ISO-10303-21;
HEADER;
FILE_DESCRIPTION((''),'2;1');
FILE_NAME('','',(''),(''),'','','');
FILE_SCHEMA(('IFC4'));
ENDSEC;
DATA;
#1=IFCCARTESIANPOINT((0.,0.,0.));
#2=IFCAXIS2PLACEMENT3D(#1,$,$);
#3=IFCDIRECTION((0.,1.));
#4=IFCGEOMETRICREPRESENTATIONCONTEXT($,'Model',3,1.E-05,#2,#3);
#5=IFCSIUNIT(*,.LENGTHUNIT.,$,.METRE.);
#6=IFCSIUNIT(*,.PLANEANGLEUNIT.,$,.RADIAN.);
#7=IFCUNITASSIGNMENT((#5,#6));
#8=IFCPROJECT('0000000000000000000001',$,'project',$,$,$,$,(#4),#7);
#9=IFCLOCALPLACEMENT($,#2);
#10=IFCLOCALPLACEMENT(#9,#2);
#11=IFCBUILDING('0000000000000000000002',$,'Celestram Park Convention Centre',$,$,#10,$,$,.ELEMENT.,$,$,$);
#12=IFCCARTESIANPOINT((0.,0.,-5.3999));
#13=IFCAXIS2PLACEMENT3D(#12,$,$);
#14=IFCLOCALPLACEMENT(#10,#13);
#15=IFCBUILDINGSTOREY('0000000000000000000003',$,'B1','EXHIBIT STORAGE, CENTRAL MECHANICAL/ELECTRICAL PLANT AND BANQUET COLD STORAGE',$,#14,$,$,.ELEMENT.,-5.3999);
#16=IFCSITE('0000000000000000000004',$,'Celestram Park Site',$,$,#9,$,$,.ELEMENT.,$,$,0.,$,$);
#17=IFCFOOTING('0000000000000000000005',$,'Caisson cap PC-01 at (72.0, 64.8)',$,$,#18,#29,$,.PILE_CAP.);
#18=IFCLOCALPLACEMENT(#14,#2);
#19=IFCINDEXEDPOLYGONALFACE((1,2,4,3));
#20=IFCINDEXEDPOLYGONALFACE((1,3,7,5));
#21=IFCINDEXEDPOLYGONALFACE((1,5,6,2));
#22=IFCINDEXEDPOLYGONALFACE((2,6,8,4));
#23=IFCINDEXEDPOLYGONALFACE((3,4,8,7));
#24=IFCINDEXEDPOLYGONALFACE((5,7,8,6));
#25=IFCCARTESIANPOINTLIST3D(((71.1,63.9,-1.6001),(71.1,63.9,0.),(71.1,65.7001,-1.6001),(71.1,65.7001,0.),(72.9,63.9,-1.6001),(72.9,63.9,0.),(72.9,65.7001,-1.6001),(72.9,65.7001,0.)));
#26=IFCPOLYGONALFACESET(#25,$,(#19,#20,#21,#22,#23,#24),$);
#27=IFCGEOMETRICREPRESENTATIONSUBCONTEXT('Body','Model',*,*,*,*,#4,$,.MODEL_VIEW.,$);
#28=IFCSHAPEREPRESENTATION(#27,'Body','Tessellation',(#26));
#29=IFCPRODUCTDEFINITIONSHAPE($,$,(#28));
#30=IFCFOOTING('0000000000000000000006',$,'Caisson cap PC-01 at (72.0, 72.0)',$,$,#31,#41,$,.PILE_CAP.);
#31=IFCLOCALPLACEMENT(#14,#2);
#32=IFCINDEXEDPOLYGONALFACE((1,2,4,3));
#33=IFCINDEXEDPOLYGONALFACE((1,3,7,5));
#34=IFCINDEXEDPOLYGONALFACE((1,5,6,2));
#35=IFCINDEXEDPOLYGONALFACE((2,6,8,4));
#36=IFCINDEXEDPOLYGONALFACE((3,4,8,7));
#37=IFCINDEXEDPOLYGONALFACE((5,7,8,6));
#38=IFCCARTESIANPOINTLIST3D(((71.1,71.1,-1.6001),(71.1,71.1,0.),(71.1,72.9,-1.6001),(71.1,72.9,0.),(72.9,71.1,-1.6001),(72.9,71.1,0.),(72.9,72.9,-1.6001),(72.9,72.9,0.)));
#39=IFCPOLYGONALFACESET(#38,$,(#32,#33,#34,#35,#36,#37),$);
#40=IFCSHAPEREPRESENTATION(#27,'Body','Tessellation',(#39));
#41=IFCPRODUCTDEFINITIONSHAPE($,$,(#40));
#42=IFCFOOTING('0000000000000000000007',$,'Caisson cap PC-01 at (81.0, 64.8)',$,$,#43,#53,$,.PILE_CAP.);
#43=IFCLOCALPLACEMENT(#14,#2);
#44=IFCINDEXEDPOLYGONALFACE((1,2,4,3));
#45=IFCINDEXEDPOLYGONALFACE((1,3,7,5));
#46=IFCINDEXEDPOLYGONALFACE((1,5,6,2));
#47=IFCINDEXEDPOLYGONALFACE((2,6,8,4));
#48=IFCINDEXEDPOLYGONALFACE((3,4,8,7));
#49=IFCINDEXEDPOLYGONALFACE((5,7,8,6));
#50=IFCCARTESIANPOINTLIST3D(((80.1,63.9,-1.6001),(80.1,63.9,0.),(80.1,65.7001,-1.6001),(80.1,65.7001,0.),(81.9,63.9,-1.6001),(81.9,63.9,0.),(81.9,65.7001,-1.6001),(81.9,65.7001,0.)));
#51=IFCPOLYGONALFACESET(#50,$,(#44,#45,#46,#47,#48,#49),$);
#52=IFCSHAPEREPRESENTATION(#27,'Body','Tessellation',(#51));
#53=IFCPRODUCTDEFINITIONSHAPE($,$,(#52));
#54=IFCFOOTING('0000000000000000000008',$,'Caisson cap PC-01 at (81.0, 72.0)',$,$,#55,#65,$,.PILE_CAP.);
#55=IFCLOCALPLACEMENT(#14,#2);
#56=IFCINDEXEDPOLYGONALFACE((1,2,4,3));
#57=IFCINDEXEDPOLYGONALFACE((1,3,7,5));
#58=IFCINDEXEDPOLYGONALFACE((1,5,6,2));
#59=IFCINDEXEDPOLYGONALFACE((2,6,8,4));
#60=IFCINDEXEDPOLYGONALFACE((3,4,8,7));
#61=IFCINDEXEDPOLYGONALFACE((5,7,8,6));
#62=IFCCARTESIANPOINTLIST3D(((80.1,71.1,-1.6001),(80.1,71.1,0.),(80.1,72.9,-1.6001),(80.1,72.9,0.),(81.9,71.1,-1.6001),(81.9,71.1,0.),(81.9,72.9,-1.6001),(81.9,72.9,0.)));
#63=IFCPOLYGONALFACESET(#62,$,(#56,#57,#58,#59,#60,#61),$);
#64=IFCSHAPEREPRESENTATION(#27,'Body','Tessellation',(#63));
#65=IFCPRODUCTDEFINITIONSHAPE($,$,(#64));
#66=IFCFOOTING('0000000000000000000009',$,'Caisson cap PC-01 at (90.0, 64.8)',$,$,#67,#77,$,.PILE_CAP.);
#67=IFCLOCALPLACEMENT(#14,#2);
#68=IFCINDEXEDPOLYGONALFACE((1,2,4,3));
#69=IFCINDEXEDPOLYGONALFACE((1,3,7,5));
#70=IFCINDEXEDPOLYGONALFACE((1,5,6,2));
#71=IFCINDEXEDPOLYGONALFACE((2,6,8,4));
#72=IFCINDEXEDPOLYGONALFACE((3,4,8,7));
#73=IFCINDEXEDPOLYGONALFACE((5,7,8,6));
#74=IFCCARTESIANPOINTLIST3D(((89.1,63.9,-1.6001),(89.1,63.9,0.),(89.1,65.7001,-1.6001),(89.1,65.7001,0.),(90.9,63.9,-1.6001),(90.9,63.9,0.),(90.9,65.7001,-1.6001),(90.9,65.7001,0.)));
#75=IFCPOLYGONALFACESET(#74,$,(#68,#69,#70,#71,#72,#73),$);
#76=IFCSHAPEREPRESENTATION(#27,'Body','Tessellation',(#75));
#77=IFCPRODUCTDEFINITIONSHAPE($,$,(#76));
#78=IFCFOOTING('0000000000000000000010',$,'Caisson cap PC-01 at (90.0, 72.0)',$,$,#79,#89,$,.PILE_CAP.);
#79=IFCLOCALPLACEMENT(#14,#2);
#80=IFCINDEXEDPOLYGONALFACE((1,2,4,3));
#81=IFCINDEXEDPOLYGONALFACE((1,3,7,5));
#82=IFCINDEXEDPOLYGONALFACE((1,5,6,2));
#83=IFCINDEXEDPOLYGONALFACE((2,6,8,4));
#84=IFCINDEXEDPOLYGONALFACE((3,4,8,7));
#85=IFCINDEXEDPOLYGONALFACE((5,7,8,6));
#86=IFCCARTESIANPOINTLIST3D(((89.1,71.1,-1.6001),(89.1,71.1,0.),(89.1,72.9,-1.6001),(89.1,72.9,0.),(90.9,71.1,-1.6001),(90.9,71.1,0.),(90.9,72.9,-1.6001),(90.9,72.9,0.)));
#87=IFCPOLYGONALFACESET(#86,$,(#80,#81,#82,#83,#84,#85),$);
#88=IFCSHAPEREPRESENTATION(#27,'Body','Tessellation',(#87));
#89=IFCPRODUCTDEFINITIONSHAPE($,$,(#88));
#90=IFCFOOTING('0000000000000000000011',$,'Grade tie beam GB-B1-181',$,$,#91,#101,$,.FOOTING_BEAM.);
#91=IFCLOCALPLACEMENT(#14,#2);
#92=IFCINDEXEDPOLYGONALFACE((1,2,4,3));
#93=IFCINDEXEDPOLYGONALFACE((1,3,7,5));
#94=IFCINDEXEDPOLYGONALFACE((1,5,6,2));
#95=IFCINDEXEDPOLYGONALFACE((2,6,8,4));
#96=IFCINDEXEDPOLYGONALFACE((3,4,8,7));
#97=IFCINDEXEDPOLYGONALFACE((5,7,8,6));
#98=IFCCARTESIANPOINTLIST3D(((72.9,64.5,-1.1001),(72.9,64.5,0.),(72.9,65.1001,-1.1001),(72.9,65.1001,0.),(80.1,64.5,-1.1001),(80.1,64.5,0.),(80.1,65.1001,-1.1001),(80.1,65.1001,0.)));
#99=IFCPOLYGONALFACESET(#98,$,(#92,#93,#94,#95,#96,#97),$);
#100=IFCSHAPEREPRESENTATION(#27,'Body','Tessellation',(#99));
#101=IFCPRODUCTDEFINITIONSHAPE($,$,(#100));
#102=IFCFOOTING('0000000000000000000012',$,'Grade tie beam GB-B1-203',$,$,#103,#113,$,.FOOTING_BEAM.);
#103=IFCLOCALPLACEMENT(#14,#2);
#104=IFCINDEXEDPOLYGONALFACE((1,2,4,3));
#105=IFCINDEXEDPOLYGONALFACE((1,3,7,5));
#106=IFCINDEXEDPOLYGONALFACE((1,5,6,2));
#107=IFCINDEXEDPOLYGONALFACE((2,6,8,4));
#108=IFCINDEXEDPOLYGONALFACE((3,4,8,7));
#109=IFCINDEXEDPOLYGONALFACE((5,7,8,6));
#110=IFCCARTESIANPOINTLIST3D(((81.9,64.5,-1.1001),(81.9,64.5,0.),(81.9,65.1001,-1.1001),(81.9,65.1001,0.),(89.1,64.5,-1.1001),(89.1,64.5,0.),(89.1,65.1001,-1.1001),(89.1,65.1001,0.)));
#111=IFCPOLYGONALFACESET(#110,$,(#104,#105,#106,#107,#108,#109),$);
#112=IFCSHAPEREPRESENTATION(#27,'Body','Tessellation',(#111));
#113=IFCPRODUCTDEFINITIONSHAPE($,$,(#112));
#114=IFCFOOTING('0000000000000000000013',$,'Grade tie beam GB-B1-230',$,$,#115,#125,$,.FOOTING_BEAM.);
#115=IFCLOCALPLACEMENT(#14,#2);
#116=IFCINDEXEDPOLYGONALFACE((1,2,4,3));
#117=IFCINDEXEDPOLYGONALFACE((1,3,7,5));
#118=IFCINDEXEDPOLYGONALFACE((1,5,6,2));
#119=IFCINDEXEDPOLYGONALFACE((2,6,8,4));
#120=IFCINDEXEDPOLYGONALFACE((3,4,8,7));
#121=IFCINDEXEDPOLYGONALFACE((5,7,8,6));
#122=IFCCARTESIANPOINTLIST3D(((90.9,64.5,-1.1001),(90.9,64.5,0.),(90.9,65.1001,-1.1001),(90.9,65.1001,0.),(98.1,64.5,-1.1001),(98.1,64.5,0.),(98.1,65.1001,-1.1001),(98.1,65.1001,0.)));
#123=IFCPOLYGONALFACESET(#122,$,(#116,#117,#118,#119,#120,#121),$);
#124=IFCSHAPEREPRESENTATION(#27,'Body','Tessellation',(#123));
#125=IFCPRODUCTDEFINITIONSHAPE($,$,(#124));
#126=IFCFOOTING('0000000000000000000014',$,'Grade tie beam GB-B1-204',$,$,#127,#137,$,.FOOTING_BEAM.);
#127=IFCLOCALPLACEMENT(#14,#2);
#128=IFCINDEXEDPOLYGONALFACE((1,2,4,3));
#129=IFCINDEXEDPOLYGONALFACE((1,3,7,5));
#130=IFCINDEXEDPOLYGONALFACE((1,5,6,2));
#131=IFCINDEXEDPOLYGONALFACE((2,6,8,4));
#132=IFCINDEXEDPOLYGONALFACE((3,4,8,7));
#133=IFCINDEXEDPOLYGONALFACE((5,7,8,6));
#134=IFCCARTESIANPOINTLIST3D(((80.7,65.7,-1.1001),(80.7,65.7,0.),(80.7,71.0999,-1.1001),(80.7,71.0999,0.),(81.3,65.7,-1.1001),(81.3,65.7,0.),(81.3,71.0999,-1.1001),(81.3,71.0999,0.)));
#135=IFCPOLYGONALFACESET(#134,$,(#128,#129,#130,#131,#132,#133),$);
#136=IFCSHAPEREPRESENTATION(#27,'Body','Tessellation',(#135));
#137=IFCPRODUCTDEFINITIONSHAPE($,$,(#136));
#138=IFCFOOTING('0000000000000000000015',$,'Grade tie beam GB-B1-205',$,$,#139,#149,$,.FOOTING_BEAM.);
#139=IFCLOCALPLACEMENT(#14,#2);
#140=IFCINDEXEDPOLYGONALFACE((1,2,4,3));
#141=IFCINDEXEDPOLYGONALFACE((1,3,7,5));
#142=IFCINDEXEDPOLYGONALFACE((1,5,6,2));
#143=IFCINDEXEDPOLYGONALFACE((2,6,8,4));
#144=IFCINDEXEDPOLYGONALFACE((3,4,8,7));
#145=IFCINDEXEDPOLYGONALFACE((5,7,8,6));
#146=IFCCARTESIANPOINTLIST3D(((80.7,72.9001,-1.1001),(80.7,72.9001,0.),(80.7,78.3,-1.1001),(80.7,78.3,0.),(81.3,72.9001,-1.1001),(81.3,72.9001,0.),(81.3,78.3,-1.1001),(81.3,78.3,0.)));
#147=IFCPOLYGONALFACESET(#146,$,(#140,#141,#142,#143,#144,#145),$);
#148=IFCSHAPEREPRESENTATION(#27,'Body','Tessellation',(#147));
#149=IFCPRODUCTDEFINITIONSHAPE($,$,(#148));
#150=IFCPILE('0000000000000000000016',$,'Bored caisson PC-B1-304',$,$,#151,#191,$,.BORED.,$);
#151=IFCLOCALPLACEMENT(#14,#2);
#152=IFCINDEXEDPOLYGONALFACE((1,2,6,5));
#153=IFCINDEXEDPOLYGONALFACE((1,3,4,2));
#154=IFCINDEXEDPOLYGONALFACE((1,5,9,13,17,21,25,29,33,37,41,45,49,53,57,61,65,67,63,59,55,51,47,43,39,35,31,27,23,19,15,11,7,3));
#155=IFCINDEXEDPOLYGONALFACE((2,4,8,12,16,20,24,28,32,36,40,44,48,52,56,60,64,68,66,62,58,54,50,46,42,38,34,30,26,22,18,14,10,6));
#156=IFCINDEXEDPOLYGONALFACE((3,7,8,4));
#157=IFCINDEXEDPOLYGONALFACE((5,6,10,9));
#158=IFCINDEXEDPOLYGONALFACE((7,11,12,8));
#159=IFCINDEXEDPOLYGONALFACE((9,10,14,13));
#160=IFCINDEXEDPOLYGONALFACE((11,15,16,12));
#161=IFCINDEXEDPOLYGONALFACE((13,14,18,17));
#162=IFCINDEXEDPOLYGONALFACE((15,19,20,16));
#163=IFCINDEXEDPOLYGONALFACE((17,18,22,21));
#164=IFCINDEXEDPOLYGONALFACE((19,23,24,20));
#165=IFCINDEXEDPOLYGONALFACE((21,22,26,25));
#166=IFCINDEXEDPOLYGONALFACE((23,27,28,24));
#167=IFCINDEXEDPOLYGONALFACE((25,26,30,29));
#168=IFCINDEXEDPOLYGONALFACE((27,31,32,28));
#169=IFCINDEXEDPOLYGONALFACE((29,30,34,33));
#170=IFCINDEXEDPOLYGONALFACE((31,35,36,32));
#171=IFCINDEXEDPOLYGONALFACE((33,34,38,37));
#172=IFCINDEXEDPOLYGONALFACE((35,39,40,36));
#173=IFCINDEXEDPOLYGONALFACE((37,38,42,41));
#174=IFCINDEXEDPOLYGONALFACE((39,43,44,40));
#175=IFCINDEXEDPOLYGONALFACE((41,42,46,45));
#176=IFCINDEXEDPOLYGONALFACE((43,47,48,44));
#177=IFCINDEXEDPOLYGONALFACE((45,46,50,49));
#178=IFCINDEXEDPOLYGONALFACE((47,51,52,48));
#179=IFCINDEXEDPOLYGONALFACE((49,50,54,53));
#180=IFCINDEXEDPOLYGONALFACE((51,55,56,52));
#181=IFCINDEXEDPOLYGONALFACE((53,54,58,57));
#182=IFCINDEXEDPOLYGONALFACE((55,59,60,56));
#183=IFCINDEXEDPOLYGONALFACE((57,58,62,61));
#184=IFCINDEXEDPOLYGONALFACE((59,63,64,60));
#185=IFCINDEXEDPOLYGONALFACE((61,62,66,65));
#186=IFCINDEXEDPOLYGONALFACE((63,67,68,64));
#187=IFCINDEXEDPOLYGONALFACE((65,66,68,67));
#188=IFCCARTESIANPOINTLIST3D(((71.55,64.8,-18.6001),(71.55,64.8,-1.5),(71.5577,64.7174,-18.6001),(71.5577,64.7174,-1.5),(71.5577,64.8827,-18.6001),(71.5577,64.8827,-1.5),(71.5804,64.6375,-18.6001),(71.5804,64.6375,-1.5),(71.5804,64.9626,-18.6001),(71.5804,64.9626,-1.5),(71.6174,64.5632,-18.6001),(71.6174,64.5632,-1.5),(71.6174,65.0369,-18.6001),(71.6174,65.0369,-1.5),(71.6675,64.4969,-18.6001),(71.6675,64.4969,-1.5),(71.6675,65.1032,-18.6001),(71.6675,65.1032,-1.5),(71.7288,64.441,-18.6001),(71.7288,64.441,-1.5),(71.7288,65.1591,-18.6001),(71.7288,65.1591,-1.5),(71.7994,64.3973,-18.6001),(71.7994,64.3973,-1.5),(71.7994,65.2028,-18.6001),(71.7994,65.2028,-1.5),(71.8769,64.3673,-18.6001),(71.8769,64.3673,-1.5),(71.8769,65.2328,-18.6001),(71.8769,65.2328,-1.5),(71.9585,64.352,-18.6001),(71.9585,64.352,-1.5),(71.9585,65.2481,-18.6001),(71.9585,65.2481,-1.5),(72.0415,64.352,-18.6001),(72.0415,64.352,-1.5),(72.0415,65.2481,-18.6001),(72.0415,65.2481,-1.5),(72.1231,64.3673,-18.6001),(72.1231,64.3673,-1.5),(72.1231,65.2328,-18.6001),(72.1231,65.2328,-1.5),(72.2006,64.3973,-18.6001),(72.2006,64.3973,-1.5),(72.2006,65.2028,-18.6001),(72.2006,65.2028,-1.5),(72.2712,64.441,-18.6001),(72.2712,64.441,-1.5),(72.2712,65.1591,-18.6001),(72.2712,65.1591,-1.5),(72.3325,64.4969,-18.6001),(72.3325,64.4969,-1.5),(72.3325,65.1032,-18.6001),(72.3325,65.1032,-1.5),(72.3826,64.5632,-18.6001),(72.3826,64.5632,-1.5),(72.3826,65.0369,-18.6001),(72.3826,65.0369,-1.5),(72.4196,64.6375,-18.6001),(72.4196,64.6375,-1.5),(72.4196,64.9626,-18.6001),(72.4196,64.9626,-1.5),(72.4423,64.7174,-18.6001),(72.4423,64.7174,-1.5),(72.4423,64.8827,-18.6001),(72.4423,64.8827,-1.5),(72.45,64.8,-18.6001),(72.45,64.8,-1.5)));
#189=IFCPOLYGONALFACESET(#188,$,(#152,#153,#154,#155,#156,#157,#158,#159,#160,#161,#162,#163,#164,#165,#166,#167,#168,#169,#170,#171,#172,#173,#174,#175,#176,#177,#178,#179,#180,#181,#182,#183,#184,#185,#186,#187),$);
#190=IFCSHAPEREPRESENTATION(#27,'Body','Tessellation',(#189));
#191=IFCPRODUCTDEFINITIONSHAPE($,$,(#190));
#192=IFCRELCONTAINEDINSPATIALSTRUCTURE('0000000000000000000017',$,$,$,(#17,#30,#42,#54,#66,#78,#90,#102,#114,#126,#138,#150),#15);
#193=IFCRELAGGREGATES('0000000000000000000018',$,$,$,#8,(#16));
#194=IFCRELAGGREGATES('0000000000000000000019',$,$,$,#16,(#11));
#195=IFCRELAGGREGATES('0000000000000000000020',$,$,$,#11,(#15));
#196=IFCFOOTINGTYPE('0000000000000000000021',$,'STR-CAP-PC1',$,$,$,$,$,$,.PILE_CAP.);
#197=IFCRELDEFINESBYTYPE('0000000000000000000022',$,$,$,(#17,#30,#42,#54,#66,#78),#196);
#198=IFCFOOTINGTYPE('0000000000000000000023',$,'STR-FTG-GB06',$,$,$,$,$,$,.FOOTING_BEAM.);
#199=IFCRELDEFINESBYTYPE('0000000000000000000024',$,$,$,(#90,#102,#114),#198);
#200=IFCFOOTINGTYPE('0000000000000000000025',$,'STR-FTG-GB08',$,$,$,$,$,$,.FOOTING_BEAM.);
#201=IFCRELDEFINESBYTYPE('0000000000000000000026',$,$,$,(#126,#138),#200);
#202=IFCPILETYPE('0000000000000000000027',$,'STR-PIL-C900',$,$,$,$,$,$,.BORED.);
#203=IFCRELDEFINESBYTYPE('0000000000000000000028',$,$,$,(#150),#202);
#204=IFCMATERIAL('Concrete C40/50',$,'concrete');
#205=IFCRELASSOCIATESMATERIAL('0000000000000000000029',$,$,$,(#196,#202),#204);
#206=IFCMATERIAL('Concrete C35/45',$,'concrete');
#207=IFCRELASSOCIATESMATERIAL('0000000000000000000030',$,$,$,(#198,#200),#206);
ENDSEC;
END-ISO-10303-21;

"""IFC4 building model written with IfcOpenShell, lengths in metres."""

from ifc_helpers import new_model, si_unit, direction, frame, origin, origin_2d, place, context, subcontext, project, spatial, rectangle, circle, extrude, material, material_profile, profile_set, type_object, element, save


model = new_model("IFC4")

# Units and contexts
model_context = context("Model", 3, precision=1e-05, world=origin(), true_north=direction((0.0, 1.0)))
body_context = subcontext(model_context, "Body", "Model", "MODEL_VIEW")
ifc_project = project(units=[si_unit("LENGTHUNIT", "METRE"), si_unit("PLANEANGLEUNIT", "RADIAN")], contexts=[model_context])

# Site, building, storey
site_placement = place(None, origin())
site = spatial("IfcSite", under=ifc_project, at=site_placement, Name="Celestram Park Site", CompositionType="ELEMENT", RefElevation=0.0)
building_placement = place(site_placement, origin())
building = spatial("IfcBuilding", under=site, at=building_placement, Name="Celestram Park Convention Centre", CompositionType="ELEMENT")
storey_placement = place(building_placement, frame((0.0, 0.0, -5.3999)))
storey = spatial("IfcBuildingStorey", under=building, at=storey_placement, Name="B1", Description="EXHIBIT STORAGE, CENTRAL MECHANICAL/ELECTRICAL PLANT AND BANQUET COLD STORAGE", CompositionType="ELEMENT", Elevation=-5.3999)

# Footings
ifc_material_1 = material(Name="Concrete C40/50", Category="concrete")
footing_type_1 = type_object("IfcFootingType", Name="STR-CAP-PC1", PredefinedType="PILE_CAP", material=ifc_material_1)
for number, where, z_axis, x_axis, name in (
    (1, (72.0, 64.8, -1.6001), (0.0, 0.0, 1.0), (1.0, 0.0, 0.0), "Caisson cap PC-01 at (72.0, 64.8)"),
    (2, (72.0, 72.0, -1.6001), (0.0, 0.0, 1.0), (1.0, 0.0, 0.0), "Caisson cap PC-01 at (72.0, 72.0)"),
    (3, (81.0, 64.8, -1.6001), (0.0, 0.0, 1.0), (1.0, 0.0, 0.0), "Caisson cap PC-01 at (81.0, 64.8)"),
    (4, (81.0, 72.0, -1.6001), (0.0, 0.0, 1.0), (1.0, 0.0, 0.0), "Caisson cap PC-01 at (81.0, 72.0)"),
    (5, (90.0, 64.8, -1.6001), (0.0, 0.0, 1.0), (1.0, 0.0, 0.0), "Caisson cap PC-01 at (90.0, 64.8)"),
    (6, (90.0, 72.0, -1.6001), (0.0, 0.0, 1.0), (1.0, 0.0, 0.0), "Caisson cap PC-01 at (90.0, 72.0)"),
):
    element("IfcFooting", number, at=place(storey_placement, frame(where, z_axis=z_axis, x_axis=x_axis)), inside=storey, type_object=footing_type_1, Name=name, PredefinedType="PILE_CAP", context=body_context, shape_type="SweptSolid", body=[
        extrude(rectangle(XDim=1.8, YDim=1.8, at=origin_2d()), origin(), (0.0, 0.0, 1.0), 1.6001),
    ])
ifc_material_2 = material(Name="Concrete C35/45", Category="concrete")
footing_type_2 = type_object("IfcFootingType", Name="STR-FTG-GB06", PredefinedType="FOOTING_BEAM", material=ifc_material_2)
for number, where, z_axis, x_axis, name in (
    (7, (76.5, 64.8, -1.1001), (0.0, 0.0, 1.0), (1.0, 0.0, 0.0), "Grade tie beam GB-B1-181"),
    (8, (85.5, 64.8, -1.1001), (0.0, 0.0, 1.0), (1.0, 0.0, 0.0), "Grade tie beam GB-B1-203"),
    (9, (94.5, 64.8, -1.1001), (0.0, 0.0, 1.0), (1.0, 0.0, 0.0), "Grade tie beam GB-B1-230"),
):
    element("IfcFooting", number, at=place(storey_placement, frame(where, z_axis=z_axis, x_axis=x_axis)), inside=storey, type_object=footing_type_2, Name=name, PredefinedType="FOOTING_BEAM", context=body_context, shape_type="SweptSolid", body=[
        extrude(rectangle(XDim=7.2, YDim=0.6001, at=origin_2d()), origin(), (0.0, 0.0, 1.0), 1.1001),
    ])
footing_type_3 = type_object("IfcFootingType", Name="STR-FTG-GB08", PredefinedType="FOOTING_BEAM", material=ifc_material_2)
for number, where, z_axis, x_axis, name in (
    (10, (81.0, 68.3999, -1.1001), (0.0, 0.0, 1.0), (0.0, 1.0, 0.0), "Grade tie beam GB-B1-204"),
    (11, (81.0, 75.6001, -1.1001), (0.0, 0.0, 1.0), (0.0, 1.0, 0.0), "Grade tie beam GB-B1-205"),
):
    element("IfcFooting", number, at=place(storey_placement, frame(where, z_axis=z_axis, x_axis=x_axis)), inside=storey, type_object=footing_type_3, Name=name, PredefinedType="FOOTING_BEAM", context=body_context, shape_type="SweptSolid", body=[
        extrude(rectangle(XDim=5.3999, YDim=0.6001, at=origin_2d()), origin(), (0.0, 0.0, 1.0), 1.1001),
    ])

# Pile
ifc_material_profile_1 = material_profile(ifc_material_1, circle(Radius=0.45, at=origin_2d()), Name="CAISSON900")
ifc_profile_set_1 = profile_set([ifc_material_profile_1], Name="Concrete C40/50")
pile_type = type_object("IfcPileType", Name="STR-PIL-C900", PredefinedType="BORED", material=ifc_profile_set_1)
for number, where, z_axis, x_axis, name in (
    (12, (72.0, 64.8, -1.5), (0.0, 0.0, -1.0), (1.0, 0.0, 0.0), "Bored caisson PC-B1-304"),
):
    element("IfcPile", number, at=place(storey_placement, frame(where, z_axis=z_axis, x_axis=x_axis)), inside=storey, type_object=pile_type, Name=name, PredefinedType="BORED", context=body_context, shape_type="SweptSolid", body=[
        extrude(circle(Radius=0.45, at=origin_2d()), origin(), (0.0, 0.0, 1.0), 17.1001),
    ])

save(model, "model.ifc")
